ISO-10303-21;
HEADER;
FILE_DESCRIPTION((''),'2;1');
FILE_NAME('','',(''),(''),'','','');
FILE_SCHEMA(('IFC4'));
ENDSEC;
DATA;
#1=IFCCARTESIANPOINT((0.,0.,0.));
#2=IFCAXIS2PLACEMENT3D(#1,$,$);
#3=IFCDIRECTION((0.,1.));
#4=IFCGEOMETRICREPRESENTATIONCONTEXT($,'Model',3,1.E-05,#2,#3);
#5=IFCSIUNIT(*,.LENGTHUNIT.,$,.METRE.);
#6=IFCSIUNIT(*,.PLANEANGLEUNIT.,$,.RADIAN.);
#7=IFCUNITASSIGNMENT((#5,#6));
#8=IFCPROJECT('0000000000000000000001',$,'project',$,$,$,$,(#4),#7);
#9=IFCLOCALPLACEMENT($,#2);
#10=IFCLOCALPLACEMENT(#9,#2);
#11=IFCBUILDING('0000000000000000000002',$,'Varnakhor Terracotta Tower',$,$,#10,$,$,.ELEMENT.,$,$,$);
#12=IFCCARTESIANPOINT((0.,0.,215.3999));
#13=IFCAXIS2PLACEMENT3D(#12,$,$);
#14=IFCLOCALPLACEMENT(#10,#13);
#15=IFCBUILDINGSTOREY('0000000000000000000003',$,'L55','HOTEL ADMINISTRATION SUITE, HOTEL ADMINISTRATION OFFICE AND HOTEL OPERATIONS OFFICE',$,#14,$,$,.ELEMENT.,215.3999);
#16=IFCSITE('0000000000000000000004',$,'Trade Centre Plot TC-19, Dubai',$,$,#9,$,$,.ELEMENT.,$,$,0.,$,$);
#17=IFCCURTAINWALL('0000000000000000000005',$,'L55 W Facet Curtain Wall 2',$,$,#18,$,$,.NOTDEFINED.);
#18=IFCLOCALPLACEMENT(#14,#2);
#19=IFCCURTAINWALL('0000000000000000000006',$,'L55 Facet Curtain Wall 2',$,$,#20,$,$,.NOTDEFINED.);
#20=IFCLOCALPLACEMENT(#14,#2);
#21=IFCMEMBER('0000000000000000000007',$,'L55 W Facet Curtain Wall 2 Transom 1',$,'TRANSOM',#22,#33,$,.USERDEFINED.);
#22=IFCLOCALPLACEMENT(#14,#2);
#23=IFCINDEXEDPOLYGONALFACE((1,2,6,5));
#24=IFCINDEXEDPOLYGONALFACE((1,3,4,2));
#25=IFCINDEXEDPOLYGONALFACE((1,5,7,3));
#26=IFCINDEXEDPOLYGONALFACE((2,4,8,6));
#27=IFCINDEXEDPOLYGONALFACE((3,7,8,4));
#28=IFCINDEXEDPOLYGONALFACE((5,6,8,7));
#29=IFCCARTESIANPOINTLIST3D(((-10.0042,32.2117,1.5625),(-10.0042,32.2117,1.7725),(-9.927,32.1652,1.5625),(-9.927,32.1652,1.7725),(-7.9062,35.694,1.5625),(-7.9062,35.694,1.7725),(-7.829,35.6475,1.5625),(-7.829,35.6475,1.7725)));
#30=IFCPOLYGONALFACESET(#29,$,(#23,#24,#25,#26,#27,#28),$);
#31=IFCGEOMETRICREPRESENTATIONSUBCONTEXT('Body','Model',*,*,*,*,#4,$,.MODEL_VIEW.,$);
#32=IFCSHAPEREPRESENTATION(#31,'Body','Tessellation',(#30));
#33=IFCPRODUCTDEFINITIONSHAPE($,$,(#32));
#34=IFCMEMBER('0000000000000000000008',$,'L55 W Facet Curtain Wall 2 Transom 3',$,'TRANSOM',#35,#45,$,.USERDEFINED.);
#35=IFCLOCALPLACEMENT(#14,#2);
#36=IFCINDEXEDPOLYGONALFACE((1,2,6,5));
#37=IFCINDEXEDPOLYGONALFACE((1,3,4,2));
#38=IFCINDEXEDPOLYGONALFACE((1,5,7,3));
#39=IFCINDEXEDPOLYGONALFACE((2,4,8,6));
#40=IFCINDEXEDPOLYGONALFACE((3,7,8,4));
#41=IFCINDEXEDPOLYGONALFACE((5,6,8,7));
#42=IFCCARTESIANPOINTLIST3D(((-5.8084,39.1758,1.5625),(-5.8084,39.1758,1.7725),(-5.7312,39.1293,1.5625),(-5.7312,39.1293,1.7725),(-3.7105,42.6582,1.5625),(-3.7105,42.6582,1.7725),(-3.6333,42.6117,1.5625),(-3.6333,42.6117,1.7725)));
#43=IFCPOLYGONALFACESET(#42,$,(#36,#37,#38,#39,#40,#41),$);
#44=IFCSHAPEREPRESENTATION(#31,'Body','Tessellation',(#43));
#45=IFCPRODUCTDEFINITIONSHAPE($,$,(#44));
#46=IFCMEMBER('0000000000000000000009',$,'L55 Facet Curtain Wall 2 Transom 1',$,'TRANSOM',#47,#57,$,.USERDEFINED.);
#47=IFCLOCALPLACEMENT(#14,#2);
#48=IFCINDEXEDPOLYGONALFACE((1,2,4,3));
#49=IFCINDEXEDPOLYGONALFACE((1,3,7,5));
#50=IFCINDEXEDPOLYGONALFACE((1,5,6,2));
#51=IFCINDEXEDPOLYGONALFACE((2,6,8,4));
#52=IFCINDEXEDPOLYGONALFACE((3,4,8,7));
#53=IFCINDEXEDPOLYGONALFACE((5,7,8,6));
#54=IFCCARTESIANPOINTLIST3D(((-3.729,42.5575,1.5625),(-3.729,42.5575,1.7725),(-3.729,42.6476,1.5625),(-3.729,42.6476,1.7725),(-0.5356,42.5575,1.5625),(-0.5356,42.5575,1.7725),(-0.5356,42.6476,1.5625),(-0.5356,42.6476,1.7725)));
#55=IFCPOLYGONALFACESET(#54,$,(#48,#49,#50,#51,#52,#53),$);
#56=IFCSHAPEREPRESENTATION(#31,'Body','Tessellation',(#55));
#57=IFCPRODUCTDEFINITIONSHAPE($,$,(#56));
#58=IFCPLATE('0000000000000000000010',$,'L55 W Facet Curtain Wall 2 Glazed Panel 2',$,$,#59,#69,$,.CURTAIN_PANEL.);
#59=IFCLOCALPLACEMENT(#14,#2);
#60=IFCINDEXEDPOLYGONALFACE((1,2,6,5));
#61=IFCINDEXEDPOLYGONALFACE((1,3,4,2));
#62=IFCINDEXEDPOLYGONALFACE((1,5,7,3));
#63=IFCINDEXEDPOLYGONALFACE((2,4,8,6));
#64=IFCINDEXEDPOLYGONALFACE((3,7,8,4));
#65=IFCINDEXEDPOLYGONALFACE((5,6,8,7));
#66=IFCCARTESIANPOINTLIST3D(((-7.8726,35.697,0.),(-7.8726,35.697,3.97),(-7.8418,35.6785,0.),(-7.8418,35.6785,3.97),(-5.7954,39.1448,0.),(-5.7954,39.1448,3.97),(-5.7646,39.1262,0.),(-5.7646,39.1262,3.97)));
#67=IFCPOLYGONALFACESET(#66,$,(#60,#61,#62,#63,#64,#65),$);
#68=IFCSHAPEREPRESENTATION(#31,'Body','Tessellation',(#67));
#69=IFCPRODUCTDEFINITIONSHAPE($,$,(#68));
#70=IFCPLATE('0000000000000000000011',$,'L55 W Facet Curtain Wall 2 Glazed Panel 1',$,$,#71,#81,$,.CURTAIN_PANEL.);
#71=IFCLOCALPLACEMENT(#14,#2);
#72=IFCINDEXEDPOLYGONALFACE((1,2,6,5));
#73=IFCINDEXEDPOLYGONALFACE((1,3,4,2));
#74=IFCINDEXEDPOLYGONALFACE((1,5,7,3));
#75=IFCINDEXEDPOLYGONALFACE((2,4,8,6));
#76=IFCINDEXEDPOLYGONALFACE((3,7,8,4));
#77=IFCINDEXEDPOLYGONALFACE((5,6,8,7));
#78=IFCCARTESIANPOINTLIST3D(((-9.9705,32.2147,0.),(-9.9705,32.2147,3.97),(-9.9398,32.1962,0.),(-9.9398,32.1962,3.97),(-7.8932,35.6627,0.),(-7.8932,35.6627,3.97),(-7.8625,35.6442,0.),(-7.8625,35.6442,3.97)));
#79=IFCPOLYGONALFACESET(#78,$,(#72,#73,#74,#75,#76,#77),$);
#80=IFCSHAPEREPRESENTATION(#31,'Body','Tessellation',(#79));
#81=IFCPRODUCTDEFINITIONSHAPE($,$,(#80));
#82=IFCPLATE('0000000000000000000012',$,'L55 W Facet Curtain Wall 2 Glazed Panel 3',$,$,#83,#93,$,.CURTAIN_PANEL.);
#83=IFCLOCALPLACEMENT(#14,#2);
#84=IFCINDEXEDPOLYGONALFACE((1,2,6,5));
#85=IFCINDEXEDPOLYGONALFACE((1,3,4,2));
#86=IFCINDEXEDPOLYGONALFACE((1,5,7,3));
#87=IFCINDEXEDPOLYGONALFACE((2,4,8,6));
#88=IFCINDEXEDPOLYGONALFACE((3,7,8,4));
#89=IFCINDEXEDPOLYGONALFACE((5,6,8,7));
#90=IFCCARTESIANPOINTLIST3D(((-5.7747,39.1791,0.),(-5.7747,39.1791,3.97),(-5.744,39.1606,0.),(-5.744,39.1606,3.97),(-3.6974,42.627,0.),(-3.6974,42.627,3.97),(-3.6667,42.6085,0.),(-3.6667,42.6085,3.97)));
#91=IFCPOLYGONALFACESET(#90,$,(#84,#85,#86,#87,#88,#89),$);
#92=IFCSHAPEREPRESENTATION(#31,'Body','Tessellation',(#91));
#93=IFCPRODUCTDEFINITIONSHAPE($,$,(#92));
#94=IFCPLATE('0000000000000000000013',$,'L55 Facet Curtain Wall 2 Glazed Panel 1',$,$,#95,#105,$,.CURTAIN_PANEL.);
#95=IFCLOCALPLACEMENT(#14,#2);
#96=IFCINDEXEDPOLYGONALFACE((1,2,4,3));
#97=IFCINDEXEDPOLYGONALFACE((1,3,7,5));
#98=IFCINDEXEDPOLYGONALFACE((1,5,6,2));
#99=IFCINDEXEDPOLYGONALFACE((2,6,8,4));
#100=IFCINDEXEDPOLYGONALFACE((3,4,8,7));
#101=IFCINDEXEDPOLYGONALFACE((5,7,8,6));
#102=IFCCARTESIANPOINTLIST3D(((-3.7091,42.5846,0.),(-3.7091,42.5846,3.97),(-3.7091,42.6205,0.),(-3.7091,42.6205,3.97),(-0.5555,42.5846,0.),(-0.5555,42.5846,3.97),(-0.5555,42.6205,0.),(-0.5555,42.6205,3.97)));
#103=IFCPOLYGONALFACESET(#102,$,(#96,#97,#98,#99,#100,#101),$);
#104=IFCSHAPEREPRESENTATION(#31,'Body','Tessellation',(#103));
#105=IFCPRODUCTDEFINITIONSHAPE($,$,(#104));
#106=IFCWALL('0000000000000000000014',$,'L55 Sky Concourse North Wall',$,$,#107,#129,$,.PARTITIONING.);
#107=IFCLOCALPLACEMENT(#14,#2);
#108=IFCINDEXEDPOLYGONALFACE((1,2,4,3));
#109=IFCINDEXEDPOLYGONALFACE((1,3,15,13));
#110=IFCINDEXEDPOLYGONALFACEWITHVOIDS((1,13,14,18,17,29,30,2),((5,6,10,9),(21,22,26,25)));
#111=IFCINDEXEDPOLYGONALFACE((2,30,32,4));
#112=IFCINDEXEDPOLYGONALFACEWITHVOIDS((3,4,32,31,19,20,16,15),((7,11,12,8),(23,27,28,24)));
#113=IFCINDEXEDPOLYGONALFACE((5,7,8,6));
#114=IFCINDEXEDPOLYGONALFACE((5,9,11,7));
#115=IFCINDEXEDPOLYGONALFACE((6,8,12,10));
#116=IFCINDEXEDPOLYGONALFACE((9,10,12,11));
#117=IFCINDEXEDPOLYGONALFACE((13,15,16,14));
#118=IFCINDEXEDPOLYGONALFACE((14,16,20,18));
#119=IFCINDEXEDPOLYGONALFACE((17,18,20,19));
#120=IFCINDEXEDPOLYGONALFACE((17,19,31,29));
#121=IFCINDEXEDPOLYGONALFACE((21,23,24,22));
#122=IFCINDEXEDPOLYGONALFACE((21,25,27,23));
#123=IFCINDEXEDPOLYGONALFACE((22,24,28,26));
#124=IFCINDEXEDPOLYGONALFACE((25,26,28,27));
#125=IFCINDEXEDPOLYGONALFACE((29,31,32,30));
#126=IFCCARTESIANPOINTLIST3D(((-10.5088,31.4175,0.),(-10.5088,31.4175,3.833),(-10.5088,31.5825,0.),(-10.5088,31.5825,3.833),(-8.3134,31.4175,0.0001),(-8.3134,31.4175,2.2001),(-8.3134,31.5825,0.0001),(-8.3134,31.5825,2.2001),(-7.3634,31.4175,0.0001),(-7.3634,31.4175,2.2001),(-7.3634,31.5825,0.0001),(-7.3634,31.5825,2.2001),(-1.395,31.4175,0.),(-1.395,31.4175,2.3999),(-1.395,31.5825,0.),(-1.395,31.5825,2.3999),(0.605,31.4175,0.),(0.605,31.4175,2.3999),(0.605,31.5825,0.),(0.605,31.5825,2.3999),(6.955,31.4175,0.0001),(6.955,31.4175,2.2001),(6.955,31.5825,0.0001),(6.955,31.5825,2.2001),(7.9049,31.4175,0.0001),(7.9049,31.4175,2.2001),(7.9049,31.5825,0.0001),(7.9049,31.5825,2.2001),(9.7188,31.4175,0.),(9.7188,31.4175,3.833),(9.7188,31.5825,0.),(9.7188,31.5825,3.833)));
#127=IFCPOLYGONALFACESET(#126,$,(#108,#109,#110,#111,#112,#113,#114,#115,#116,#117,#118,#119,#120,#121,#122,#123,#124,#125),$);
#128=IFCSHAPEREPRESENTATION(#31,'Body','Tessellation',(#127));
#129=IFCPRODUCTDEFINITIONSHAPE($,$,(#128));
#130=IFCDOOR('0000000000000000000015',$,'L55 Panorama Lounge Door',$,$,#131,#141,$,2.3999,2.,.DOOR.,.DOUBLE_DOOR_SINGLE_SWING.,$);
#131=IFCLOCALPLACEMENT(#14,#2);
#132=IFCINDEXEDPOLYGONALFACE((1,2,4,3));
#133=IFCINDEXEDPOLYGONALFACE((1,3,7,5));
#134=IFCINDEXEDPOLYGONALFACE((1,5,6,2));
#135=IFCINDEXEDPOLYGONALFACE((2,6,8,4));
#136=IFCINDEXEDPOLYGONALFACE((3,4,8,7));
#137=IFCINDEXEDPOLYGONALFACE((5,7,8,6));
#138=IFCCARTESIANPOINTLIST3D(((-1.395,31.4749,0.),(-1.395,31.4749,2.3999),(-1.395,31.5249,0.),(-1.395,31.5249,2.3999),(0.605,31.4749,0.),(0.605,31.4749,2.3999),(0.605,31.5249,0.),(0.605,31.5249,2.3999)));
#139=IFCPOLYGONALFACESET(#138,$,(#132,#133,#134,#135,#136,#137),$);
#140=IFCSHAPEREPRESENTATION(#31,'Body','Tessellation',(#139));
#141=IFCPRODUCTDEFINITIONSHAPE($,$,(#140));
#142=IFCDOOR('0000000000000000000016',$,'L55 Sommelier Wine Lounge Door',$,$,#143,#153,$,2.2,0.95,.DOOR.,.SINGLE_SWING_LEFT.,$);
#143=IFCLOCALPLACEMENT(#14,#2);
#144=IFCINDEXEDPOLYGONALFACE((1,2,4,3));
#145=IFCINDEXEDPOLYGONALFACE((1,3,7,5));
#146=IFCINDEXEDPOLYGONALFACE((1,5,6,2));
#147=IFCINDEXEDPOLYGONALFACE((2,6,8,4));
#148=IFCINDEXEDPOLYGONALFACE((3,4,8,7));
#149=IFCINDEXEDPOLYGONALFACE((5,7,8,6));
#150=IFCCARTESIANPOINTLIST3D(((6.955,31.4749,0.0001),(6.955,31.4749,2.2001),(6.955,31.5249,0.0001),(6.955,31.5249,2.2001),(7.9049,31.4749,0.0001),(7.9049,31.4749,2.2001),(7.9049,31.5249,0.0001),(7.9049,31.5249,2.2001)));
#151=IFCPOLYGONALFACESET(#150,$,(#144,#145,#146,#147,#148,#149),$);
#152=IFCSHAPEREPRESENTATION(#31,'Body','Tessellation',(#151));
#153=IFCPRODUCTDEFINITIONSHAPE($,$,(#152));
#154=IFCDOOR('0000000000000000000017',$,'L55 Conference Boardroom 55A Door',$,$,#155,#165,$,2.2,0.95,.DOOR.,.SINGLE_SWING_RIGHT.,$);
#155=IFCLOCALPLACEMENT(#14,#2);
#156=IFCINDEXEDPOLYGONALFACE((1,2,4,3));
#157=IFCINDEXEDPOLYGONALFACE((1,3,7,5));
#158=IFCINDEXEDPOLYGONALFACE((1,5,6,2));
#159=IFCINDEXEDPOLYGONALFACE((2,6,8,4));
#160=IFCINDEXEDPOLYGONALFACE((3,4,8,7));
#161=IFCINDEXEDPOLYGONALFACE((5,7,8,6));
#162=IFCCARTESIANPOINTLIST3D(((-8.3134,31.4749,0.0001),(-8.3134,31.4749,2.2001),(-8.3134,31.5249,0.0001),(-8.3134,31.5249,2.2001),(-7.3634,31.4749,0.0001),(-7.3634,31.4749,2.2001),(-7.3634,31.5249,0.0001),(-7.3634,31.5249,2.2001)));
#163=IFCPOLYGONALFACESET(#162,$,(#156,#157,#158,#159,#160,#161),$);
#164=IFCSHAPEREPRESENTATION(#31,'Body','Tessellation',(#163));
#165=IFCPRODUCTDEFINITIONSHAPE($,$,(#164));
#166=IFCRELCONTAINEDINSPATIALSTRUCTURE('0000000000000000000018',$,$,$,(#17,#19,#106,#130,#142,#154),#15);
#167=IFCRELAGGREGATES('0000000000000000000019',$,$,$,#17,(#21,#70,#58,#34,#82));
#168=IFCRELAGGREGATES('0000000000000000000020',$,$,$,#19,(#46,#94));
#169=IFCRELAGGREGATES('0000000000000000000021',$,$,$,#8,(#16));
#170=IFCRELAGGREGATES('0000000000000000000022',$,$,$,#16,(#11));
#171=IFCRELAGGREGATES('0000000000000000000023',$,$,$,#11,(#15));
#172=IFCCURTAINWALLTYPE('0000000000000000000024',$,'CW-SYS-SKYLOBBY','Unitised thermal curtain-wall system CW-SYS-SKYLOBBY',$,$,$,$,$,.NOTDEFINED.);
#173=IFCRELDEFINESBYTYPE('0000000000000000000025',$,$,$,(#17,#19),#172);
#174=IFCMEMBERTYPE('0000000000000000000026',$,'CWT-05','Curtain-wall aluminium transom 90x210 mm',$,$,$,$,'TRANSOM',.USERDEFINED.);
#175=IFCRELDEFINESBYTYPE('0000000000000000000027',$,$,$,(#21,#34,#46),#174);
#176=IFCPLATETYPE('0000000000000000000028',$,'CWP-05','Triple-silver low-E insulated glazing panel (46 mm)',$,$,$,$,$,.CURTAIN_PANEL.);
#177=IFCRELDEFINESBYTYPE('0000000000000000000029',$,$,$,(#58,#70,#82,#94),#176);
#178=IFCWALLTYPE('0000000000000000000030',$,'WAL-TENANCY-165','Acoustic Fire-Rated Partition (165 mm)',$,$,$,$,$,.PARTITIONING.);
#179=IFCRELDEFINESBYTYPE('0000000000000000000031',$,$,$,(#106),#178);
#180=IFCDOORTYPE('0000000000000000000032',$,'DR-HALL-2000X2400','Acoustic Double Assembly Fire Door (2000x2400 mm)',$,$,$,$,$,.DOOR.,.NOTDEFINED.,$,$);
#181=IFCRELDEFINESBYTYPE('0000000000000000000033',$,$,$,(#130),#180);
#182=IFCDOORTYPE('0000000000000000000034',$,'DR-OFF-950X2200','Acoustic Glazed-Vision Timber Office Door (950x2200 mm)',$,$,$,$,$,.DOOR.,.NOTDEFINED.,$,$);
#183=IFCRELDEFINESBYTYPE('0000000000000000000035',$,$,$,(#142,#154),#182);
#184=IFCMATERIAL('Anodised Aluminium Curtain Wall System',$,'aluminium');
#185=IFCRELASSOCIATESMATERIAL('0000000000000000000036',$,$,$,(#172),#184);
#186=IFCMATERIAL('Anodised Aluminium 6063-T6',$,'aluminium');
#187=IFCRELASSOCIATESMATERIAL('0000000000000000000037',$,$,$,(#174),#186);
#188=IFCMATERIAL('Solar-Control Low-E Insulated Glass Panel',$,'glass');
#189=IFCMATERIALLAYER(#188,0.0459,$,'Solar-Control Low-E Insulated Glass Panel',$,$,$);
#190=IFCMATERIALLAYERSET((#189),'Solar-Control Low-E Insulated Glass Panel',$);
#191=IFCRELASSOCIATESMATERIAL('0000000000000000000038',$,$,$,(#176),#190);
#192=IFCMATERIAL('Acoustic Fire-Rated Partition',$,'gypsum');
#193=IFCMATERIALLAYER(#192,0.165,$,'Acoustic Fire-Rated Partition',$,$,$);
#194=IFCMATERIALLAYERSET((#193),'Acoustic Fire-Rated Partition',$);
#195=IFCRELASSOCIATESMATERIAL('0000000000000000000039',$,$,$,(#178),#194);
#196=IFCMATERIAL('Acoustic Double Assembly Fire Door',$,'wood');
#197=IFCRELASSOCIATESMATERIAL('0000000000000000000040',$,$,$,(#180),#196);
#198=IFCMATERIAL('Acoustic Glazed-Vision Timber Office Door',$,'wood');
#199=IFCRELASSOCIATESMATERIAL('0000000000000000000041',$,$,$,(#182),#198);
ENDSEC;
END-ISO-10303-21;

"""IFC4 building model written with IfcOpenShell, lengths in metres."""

from ifc_helpers import new_model, si_unit, direction, frame, frame_2d, origin, origin_2d, place, context, subcontext, project, spatial, rectangle, extrude, source, transform, mapped, material, layer, layer_set, material_profile, profile_set, type_object, type_shapes, element, fill, aggregate, save


model = new_model("IFC4")

# Units and contexts
model_context = context("Model", 3, precision=1e-05, world=origin(), true_north=direction((0.0, 1.0)))
body_context = subcontext(model_context, "Body", "Model", "MODEL_VIEW")
ifc_project = project(units=[si_unit("LENGTHUNIT", "METRE"), si_unit("PLANEANGLEUNIT", "RADIAN")], contexts=[model_context])

# Site, building, storey
site_placement = place(None, origin())
site = spatial("IfcSite", under=ifc_project, at=site_placement, Name="Trade Centre Plot TC-19, Dubai", CompositionType="ELEMENT", RefElevation=0.0)
building_placement = place(site_placement, origin())
building = spatial("IfcBuilding", under=site, at=building_placement, Name="Varnakhor Terracotta Tower", CompositionType="ELEMENT")
storey_placement = place(building_placement, frame((0.0, 0.0, 215.3999)))
storey = spatial("IfcBuildingStorey", under=building, at=storey_placement, Name="L55", Description="HOTEL ADMINISTRATION SUITE, HOTEL ADMINISTRATION OFFICE AND HOTEL OPERATIONS OFFICE", CompositionType="ELEMENT", Elevation=215.3999)

# Curtain wall
ifc_material_1 = material(Name="Anodised Aluminium Curtain Wall System", Category="aluminium")
curtain_wall_type = type_object("IfcCurtainWallType", Name="CW-SYS-SKYLOBBY", Description="Unitised thermal curtain-wall system CW-SYS-SKYLOBBY", PredefinedType="NOTDEFINED", material=ifc_material_1)
curtain_wall_1_placement = place(storey_placement, origin())
curtain_wall_1 = element("IfcCurtainWall", 1, at=curtain_wall_1_placement, inside=storey, type_object=curtain_wall_type, Name="L55 W Facet Curtain Wall 2", PredefinedType="NOTDEFINED")
ifc_material_2 = material(Name="Anodised Aluminium 6063-T6", Category="aluminium")

# Curtain wall
curtain_wall_2_placement = place(storey_placement, origin())
curtain_wall_2 = element("IfcCurtainWall", 2, at=curtain_wall_2_placement, inside=storey, type_object=curtain_wall_type, Name="L55 Facet Curtain Wall 2", PredefinedType="NOTDEFINED")

# Members
ifc_material_profile_1 = material_profile(ifc_material_2, rectangle(XDim=0.0901, YDim=0.21, at=origin_2d()), Name="ALU TRANSOM 90x210")
ifc_profile_set_1 = profile_set([ifc_material_profile_1], Name="Anodised Aluminium 6063-T6")
member_type_1 = type_object("IfcMemberType", Name="CWT-05", Description="Curtain-wall aluminium transom 90x210 mm", ElementType="TRANSOM", PredefinedType="USERDEFINED", material=ifc_profile_set_1)
shared_shape_1 = source(origin(), body_context, "Body", "SweptSolid", [
    extrude(rectangle(XDim=0.0901, YDim=0.21, at=origin_2d()), origin(), (0.0, 0.0, 1.0), 4.0654),
])
member_1_placement = place(storey_placement, frame((-9.9656, 32.1885, 1.6675), z_axis=(0.516049, 0.856559, 0.0), x_axis=(-0.856559, 0.516049, 0.0)))
member_1 = element("IfcMember", 3, at=member_1_placement, type_object=member_type_1, Name="L55 W Facet Curtain Wall 2 Transom 1", ObjectType="TRANSOM", PredefinedType="USERDEFINED", context=body_context, shape_type="MappedRepresentation", body=[
    mapped(shared_shape_1, transform((0.0, 0.0, 0.0), scale=1.0)),
])
member_2_placement = place(storey_placement, frame((-5.7698, 39.1526, 1.6675), z_axis=(0.516023, 0.856575, 0.0), x_axis=(-0.856575, 0.516023, 0.0)))
member_2 = element("IfcMember", 4, at=member_2_placement, type_object=member_type_1, Name="L55 W Facet Curtain Wall 2 Transom 3", ObjectType="TRANSOM", PredefinedType="USERDEFINED", context=body_context, shape_type="MappedRepresentation", body=[
    mapped(shared_shape_1, transform((0.0, 0.0, 0.0), scale=1.0)),
])
shared_shape_2 = source(origin(), body_context, "Body", "SweptSolid", [
    extrude(rectangle(XDim=0.0901, YDim=0.21, at=origin_2d()), origin(), (0.0, 0.0, 1.0), 3.1934),
])
member_3_placement = place(storey_placement, frame((-3.729, 42.6025, 1.6675), z_axis=(1.0, 0.0, 0.0), x_axis=(0.0, 1.0, 0.0)))
member_3 = element("IfcMember", 5, at=member_3_placement, type_object=member_type_1, Name="L55 Facet Curtain Wall 2 Transom 1", ObjectType="TRANSOM", PredefinedType="USERDEFINED", context=body_context, shape_type="MappedRepresentation", body=[
    mapped(shared_shape_2, transform((0.0, 0.0, 0.0), scale=1.0)),
])

# Plates
ifc_material_3 = material(Name="Solar-Control Low-E Insulated Glass Panel", Category="glass")
ifc_layer_1 = layer(ifc_material_3, 0.0459, Name="Solar-Control Low-E Insulated Glass Panel")
ifc_layer_set_1 = layer_set([ifc_layer_1], Name="Solar-Control Low-E Insulated Glass Panel")
plate_type = type_object("IfcPlateType", Name="CWP-05", Description="Triple-silver low-E insulated glazing panel (46 mm)", PredefinedType="CURTAIN_PANEL", material=ifc_layer_set_1)
shared_shape_3 = source(origin(), body_context, "Body", "SweptSolid", [
    extrude(rectangle(XDim=4.0251, YDim=0.0359, at=origin_2d()), origin(), (0.0, 0.0, 1.0), 3.97),
])
plate_1_placement = place(storey_placement, frame((-6.8186, 37.4116, 0.0), z_axis=(0.0, 0.0, 1.0), x_axis=(0.516055, 0.856555, 0.0)))
plate_1 = element("IfcPlate", 6, at=plate_1_placement, type_object=plate_type, Name="L55 W Facet Curtain Wall 2 Glazed Panel 2", PredefinedType="CURTAIN_PANEL", context=body_context, shape_type="MappedRepresentation", body=[
    mapped(shared_shape_3, transform((0.0, 0.0, 0.0), scale=1.0)),
])
shared_shape_4 = source(origin(), body_context, "Body", "SweptSolid", [
    extrude(rectangle(XDim=4.0254, YDim=0.0359, at=origin_2d()), origin(), (0.0, 0.0, 1.0), 3.97),
])
plate_2_placement = place(storey_placement, frame((-8.9165, 33.9294, 0.0), z_axis=(0.0, 0.0, 1.0), x_axis=(0.516055, 0.856555, 0.0)))
plate_2 = element("IfcPlate", 7, at=plate_2_placement, type_object=plate_type, Name="L55 W Facet Curtain Wall 2 Glazed Panel 1", PredefinedType="CURTAIN_PANEL", context=body_context, shape_type="MappedRepresentation", body=[
    mapped(shared_shape_4, transform((0.0, 0.0, 0.0), scale=1.0)),
])
plate_3_placement = place(storey_placement, frame((-4.7207, 40.8938, 0.0), z_axis=(0.0, 0.0, 1.0), x_axis=(0.516055, 0.856555, 0.0)))
plate_3 = element("IfcPlate", 8, at=plate_3_placement, type_object=plate_type, Name="L55 W Facet Curtain Wall 2 Glazed Panel 3", PredefinedType="CURTAIN_PANEL", context=body_context, shape_type="MappedRepresentation", body=[
    mapped(shared_shape_4, transform((0.0, 0.0, 0.0), scale=1.0)),
])
aggregate(curtain_wall_1, [member_1, plate_2, plate_1, member_2, plate_3])
shared_shape_5 = source(origin(), body_context, "Body", "SweptSolid", [
    extrude(rectangle(XDim=3.1536, YDim=0.0359, at=origin_2d()), origin(), (0.0, 0.0, 1.0), 3.97),
])
plate_4_placement = place(storey_placement, frame((-2.1323, 42.6025, 0.0), z_axis=(0.0, 0.0, 1.0), x_axis=(1.0, 0.0, 0.0)))
plate_4 = element("IfcPlate", 9, at=plate_4_placement, type_object=plate_type, Name="L55 Facet Curtain Wall 2 Glazed Panel 1", PredefinedType="CURTAIN_PANEL", context=body_context, shape_type="MappedRepresentation", body=[
    mapped(shared_shape_5, transform((0.0, 0.0, 0.0), scale=1.0)),
])
aggregate(curtain_wall_2, [member_3, plate_4])

# Wall, openings, doors
ifc_material_4 = material(Name="Acoustic Fire-Rated Partition", Category="gypsum")
ifc_layer_2 = layer(ifc_material_4, 0.165, Name="Acoustic Fire-Rated Partition")
ifc_layer_set_2 = layer_set([ifc_layer_2], Name="Acoustic Fire-Rated Partition")
wall_type = type_object("IfcWallType", Name="WAL-TENANCY-165", Description="Acoustic Fire-Rated Partition (165 mm)", PredefinedType="PARTITIONING", material=ifc_layer_set_2)
wall_placement = place(storey_placement, frame((-10.5088, 31.5, 0.0), z_axis=(0.0, 0.0, 1.0), x_axis=(1.0, 0.0, 0.0)))
wall = element("IfcWall", 10, at=wall_placement, inside=storey, type_object=wall_type, Name="L55 Sky Concourse North Wall", PredefinedType="PARTITIONING", context=body_context, shape_type="SweptSolid", body=[
    extrude(rectangle(XDim=20.2275, YDim=0.165, at=frame_2d((10.1138, 0.0))), origin(), (0.0, 0.0, 1.0), 3.833),
])
opening_1_placement = place(wall_placement, frame((9.1138, 0.0, 0.0)))
opening_1 = element("IfcOpeningElement", 11, at=opening_1_placement, cuts=wall, PredefinedType="OPENING", context=body_context, shape_type="SweptSolid", body=[
    extrude(rectangle(XDim=2.0, YDim=2.3999, at=frame_2d((1.0, 1.2))), frame((0.0, 0.0925, 0.0), z_axis=(0.0, -1.0, 0.0), x_axis=(1.0, 0.0, 0.0)), (0.0, 0.0, 1.0), 0.1851),
])
opening_2_placement = place(wall_placement, frame((17.4636, 0.0, 0.0)))
opening_2 = element("IfcOpeningElement", 12, at=opening_2_placement, cuts=wall, PredefinedType="OPENING", context=body_context, shape_type="SweptSolid", body=[
    extrude(rectangle(XDim=0.95, YDim=2.2, at=frame_2d((0.4751, 1.1001))), frame((0.0, 0.0925, 0.0), z_axis=(0.0, -1.0, 0.0), x_axis=(1.0, 0.0, 0.0)), (0.0, 0.0, 1.0), 0.1851),
])
opening_3_placement = place(wall_placement, frame((2.1953, 0.0, 0.0)))
opening_3 = element("IfcOpeningElement", 13, at=opening_3_placement, cuts=wall, PredefinedType="OPENING", context=body_context, shape_type="SweptSolid", body=[
    extrude(rectangle(XDim=0.95, YDim=2.2, at=frame_2d((0.4751, 1.1001))), frame((0.0, 0.0925, 0.0), z_axis=(0.0, -1.0, 0.0), x_axis=(1.0, 0.0, 0.0)), (0.0, 0.0, 1.0), 0.1851),
])
ifc_material_5 = material(Name="Acoustic Double Assembly Fire Door", Category="wood")
door_type_1 = type_object("IfcDoorType", Name="DR-HALL-2000X2400", Description="Acoustic Double Assembly Fire Door (2000x2400 mm)", OperationType="NOTDEFINED", PredefinedType="DOOR", material=ifc_material_5)
shared_shape_6 = source(origin(), body_context, "Body", "SweptSolid", [
    extrude(rectangle(XDim=2.0, YDim=2.3999, at=frame_2d((1.0, 1.2))), frame((0.0, 0.0249, 0.0), z_axis=(0.0, -1.0, 0.0), x_axis=(1.0, 0.0, 0.0)), (0.0, 0.0, 1.0), 0.05),
])
type_shapes(door_type_1, [shared_shape_6])
door_1_placement = place(opening_1_placement, origin())
door_1 = element("IfcDoor", 14, at=door_1_placement, inside=storey, type_object=door_type_1, Name="L55 Panorama Lounge Door", OperationType="DOUBLE_DOOR_SINGLE_SWING", OverallHeight=2.3999, OverallWidth=2.0, PredefinedType="DOOR", context=body_context, shape_type="MappedRepresentation", body=[
    mapped(shared_shape_6, transform((0.0, 0.0, 0.0), scale=1.0)),
])
fill(opening_1, door_1)
ifc_material_6 = material(Name="Acoustic Glazed-Vision Timber Office Door", Category="wood")
door_type_2 = type_object("IfcDoorType", Name="DR-OFF-950X2200", Description="Acoustic Glazed-Vision Timber Office Door (950x2200 mm)", OperationType="NOTDEFINED", PredefinedType="DOOR", material=ifc_material_6)
shared_shape_7 = source(origin(), body_context, "Body", "SweptSolid", [
    extrude(rectangle(XDim=0.95, YDim=2.2, at=frame_2d((0.4751, 1.1001))), frame((0.0, 0.0249, 0.0), z_axis=(0.0, -1.0, 0.0), x_axis=(1.0, 0.0, 0.0)), (0.0, 0.0, 1.0), 0.05),
])
type_shapes(door_type_2, [shared_shape_7])
door_2_placement = place(opening_2_placement, origin())
door_2 = element("IfcDoor", 15, at=door_2_placement, inside=storey, type_object=door_type_2, Name="L55 Sommelier Wine Lounge Door", OperationType="SINGLE_SWING_LEFT", OverallHeight=2.2, OverallWidth=0.95, PredefinedType="DOOR", context=body_context, shape_type="MappedRepresentation", body=[
    mapped(shared_shape_7, transform((0.0, 0.0, 0.0), scale=1.0)),
])
fill(opening_2, door_2)
door_3_placement = place(opening_3_placement, origin())
door_3 = element("IfcDoor", 16, at=door_3_placement, inside=storey, type_object=door_type_2, Name="L55 Conference Boardroom 55A Door", OperationType="SINGLE_SWING_RIGHT", OverallHeight=2.2, OverallWidth=0.95, PredefinedType="DOOR", context=body_context, shape_type="MappedRepresentation", body=[
    mapped(shared_shape_7, transform((0.0, 0.0, 0.0), scale=1.0)),
])
fill(opening_3, door_3)

save(model, "model.ifc")
